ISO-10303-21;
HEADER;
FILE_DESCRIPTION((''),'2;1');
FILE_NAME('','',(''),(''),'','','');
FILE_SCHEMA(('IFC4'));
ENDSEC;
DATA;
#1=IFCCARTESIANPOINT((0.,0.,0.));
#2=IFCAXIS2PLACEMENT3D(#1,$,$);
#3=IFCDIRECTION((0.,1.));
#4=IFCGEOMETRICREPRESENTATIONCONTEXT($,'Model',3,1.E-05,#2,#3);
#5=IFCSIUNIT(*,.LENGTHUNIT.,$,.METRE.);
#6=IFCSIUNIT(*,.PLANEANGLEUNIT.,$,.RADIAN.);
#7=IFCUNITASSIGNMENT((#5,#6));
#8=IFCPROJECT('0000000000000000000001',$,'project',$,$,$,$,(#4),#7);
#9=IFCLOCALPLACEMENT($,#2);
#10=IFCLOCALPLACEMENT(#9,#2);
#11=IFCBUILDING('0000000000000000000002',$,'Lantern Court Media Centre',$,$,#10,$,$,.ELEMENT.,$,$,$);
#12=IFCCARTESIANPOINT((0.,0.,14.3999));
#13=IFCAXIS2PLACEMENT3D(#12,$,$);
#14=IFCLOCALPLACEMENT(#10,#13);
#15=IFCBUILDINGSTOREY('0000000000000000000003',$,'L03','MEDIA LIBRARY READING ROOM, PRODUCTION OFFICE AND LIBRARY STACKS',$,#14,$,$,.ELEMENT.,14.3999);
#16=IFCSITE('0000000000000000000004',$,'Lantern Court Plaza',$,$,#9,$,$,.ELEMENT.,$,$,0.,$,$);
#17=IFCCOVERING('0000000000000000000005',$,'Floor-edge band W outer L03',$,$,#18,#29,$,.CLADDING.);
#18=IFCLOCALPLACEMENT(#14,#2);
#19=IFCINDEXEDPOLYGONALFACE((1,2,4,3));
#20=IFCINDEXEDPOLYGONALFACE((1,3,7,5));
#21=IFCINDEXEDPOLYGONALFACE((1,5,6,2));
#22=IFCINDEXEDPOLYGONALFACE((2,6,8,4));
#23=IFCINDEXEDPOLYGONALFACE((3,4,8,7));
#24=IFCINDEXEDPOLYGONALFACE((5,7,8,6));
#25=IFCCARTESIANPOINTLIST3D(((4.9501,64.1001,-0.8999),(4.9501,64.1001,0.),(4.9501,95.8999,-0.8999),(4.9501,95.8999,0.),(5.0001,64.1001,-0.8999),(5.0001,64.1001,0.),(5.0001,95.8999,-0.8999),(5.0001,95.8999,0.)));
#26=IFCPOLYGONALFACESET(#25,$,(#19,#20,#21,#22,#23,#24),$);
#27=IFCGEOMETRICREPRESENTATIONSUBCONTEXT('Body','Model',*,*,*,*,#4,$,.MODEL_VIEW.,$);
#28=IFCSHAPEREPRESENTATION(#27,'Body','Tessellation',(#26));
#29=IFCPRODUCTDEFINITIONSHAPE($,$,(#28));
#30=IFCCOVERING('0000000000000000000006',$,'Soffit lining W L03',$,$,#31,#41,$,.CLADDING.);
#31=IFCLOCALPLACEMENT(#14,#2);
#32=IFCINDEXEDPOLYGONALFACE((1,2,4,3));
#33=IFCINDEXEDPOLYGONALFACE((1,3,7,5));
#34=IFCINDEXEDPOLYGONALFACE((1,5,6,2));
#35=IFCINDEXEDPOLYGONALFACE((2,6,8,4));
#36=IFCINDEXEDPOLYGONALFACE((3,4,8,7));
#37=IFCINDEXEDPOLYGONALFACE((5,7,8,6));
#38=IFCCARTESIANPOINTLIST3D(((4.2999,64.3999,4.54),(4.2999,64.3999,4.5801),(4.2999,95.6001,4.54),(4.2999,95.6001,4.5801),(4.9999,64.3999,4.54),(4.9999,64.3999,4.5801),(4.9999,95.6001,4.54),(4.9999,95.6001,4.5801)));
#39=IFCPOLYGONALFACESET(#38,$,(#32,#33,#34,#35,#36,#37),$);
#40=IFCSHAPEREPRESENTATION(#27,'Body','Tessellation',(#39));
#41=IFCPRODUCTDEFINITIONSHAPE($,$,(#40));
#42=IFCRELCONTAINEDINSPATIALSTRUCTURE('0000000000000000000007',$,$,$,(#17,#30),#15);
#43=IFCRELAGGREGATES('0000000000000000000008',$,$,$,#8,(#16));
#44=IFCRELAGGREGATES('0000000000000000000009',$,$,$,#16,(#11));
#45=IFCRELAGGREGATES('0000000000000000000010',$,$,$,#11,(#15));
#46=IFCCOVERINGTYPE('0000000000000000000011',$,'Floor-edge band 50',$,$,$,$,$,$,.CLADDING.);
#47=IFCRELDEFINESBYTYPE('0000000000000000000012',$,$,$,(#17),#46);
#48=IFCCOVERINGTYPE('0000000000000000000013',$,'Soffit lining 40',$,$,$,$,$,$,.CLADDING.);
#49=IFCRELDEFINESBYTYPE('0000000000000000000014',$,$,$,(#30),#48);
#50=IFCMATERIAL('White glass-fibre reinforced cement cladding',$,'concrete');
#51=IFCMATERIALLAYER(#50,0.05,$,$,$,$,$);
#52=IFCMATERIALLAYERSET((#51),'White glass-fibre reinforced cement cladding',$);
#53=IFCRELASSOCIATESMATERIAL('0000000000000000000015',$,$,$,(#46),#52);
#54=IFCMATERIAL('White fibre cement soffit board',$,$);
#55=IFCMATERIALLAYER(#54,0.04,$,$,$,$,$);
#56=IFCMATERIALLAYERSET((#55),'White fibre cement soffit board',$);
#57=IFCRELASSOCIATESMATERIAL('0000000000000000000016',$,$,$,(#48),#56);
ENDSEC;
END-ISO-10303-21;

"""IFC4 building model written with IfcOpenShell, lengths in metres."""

from ifc_helpers import new_model, si_unit, direction, frame, frame_2d, origin, place, context, subcontext, project, spatial, rectangle, extrude, material, layer, layer_set, type_object, element, save


model = new_model("IFC4")

# Units and contexts
model_context = context("Model", 3, precision=1e-05, world=origin(), true_north=direction((0.0, 1.0)))
body_context = subcontext(model_context, "Body", "Model", "MODEL_VIEW")
ifc_project = project(units=[si_unit("LENGTHUNIT", "METRE"), si_unit("PLANEANGLEUNIT", "RADIAN")], contexts=[model_context])

# Site, building, storey
site_placement = place(None, origin())
site = spatial("IfcSite", under=ifc_project, at=site_placement, Name="Lantern Court Plaza", CompositionType="ELEMENT", RefElevation=0.0)
building_placement = place(site_placement, origin())
building = spatial("IfcBuilding", under=site, at=building_placement, Name="Lantern Court Media Centre", CompositionType="ELEMENT")
storey_placement = place(building_placement, frame((0.0, 0.0, 14.3999)))
storey = spatial("IfcBuildingStorey", under=building, at=storey_placement, Name="L03", Description="MEDIA LIBRARY READING ROOM, PRODUCTION OFFICE AND LIBRARY STACKS", CompositionType="ELEMENT", Elevation=14.3999)

# Coverings
ifc_material_1 = material(Name="White glass-fibre reinforced cement cladding", Category="concrete")
ifc_layer_1 = layer(ifc_material_1, 0.05)
ifc_layer_set_1 = layer_set([ifc_layer_1], Name="White glass-fibre reinforced cement cladding")
covering_type_1 = type_object("IfcCoveringType", Name="Floor-edge band 50", PredefinedType="CLADDING", material=ifc_layer_set_1)
covering_1_placement = place(storey_placement, frame((4.9751, 64.1001, -0.8999), z_axis=(0.0, 0.0, 1.0), x_axis=(0.0, 1.0, 0.0)))
element("IfcCovering", 1, at=covering_1_placement, inside=storey, type_object=covering_type_1, Name="Floor-edge band W outer L03", PredefinedType="CLADDING", context=body_context, shape_type="SweptSolid", body=[
    extrude(rectangle(XDim=31.7998, YDim=0.05, at=frame_2d((15.8999, 0.0))), origin(), (0.0, 0.0, 1.0), 0.8999),
])
ifc_material_2 = material(Name="White fibre cement soffit board")
ifc_layer_2 = layer(ifc_material_2, 0.04)
ifc_layer_set_2 = layer_set([ifc_layer_2], Name="White fibre cement soffit board")
covering_type_2 = type_object("IfcCoveringType", Name="Soffit lining 40", PredefinedType="CLADDING", material=ifc_layer_set_2)
covering_2_placement = place(storey_placement, frame((4.6499, 64.3999, 4.54), z_axis=(0.0, 0.0, 1.0), x_axis=(0.0, 1.0, 0.0)))
element("IfcCovering", 2, at=covering_2_placement, inside=storey, type_object=covering_type_2, Name="Soffit lining W L03", PredefinedType="CLADDING", context=body_context, shape_type="SweptSolid", body=[
    extrude(rectangle(XDim=31.2002, YDim=0.7, at=frame_2d((15.6001, 0.0))), origin(), (0.0, 0.0, 1.0), 0.04),
])

save(model, "model.ifc")
